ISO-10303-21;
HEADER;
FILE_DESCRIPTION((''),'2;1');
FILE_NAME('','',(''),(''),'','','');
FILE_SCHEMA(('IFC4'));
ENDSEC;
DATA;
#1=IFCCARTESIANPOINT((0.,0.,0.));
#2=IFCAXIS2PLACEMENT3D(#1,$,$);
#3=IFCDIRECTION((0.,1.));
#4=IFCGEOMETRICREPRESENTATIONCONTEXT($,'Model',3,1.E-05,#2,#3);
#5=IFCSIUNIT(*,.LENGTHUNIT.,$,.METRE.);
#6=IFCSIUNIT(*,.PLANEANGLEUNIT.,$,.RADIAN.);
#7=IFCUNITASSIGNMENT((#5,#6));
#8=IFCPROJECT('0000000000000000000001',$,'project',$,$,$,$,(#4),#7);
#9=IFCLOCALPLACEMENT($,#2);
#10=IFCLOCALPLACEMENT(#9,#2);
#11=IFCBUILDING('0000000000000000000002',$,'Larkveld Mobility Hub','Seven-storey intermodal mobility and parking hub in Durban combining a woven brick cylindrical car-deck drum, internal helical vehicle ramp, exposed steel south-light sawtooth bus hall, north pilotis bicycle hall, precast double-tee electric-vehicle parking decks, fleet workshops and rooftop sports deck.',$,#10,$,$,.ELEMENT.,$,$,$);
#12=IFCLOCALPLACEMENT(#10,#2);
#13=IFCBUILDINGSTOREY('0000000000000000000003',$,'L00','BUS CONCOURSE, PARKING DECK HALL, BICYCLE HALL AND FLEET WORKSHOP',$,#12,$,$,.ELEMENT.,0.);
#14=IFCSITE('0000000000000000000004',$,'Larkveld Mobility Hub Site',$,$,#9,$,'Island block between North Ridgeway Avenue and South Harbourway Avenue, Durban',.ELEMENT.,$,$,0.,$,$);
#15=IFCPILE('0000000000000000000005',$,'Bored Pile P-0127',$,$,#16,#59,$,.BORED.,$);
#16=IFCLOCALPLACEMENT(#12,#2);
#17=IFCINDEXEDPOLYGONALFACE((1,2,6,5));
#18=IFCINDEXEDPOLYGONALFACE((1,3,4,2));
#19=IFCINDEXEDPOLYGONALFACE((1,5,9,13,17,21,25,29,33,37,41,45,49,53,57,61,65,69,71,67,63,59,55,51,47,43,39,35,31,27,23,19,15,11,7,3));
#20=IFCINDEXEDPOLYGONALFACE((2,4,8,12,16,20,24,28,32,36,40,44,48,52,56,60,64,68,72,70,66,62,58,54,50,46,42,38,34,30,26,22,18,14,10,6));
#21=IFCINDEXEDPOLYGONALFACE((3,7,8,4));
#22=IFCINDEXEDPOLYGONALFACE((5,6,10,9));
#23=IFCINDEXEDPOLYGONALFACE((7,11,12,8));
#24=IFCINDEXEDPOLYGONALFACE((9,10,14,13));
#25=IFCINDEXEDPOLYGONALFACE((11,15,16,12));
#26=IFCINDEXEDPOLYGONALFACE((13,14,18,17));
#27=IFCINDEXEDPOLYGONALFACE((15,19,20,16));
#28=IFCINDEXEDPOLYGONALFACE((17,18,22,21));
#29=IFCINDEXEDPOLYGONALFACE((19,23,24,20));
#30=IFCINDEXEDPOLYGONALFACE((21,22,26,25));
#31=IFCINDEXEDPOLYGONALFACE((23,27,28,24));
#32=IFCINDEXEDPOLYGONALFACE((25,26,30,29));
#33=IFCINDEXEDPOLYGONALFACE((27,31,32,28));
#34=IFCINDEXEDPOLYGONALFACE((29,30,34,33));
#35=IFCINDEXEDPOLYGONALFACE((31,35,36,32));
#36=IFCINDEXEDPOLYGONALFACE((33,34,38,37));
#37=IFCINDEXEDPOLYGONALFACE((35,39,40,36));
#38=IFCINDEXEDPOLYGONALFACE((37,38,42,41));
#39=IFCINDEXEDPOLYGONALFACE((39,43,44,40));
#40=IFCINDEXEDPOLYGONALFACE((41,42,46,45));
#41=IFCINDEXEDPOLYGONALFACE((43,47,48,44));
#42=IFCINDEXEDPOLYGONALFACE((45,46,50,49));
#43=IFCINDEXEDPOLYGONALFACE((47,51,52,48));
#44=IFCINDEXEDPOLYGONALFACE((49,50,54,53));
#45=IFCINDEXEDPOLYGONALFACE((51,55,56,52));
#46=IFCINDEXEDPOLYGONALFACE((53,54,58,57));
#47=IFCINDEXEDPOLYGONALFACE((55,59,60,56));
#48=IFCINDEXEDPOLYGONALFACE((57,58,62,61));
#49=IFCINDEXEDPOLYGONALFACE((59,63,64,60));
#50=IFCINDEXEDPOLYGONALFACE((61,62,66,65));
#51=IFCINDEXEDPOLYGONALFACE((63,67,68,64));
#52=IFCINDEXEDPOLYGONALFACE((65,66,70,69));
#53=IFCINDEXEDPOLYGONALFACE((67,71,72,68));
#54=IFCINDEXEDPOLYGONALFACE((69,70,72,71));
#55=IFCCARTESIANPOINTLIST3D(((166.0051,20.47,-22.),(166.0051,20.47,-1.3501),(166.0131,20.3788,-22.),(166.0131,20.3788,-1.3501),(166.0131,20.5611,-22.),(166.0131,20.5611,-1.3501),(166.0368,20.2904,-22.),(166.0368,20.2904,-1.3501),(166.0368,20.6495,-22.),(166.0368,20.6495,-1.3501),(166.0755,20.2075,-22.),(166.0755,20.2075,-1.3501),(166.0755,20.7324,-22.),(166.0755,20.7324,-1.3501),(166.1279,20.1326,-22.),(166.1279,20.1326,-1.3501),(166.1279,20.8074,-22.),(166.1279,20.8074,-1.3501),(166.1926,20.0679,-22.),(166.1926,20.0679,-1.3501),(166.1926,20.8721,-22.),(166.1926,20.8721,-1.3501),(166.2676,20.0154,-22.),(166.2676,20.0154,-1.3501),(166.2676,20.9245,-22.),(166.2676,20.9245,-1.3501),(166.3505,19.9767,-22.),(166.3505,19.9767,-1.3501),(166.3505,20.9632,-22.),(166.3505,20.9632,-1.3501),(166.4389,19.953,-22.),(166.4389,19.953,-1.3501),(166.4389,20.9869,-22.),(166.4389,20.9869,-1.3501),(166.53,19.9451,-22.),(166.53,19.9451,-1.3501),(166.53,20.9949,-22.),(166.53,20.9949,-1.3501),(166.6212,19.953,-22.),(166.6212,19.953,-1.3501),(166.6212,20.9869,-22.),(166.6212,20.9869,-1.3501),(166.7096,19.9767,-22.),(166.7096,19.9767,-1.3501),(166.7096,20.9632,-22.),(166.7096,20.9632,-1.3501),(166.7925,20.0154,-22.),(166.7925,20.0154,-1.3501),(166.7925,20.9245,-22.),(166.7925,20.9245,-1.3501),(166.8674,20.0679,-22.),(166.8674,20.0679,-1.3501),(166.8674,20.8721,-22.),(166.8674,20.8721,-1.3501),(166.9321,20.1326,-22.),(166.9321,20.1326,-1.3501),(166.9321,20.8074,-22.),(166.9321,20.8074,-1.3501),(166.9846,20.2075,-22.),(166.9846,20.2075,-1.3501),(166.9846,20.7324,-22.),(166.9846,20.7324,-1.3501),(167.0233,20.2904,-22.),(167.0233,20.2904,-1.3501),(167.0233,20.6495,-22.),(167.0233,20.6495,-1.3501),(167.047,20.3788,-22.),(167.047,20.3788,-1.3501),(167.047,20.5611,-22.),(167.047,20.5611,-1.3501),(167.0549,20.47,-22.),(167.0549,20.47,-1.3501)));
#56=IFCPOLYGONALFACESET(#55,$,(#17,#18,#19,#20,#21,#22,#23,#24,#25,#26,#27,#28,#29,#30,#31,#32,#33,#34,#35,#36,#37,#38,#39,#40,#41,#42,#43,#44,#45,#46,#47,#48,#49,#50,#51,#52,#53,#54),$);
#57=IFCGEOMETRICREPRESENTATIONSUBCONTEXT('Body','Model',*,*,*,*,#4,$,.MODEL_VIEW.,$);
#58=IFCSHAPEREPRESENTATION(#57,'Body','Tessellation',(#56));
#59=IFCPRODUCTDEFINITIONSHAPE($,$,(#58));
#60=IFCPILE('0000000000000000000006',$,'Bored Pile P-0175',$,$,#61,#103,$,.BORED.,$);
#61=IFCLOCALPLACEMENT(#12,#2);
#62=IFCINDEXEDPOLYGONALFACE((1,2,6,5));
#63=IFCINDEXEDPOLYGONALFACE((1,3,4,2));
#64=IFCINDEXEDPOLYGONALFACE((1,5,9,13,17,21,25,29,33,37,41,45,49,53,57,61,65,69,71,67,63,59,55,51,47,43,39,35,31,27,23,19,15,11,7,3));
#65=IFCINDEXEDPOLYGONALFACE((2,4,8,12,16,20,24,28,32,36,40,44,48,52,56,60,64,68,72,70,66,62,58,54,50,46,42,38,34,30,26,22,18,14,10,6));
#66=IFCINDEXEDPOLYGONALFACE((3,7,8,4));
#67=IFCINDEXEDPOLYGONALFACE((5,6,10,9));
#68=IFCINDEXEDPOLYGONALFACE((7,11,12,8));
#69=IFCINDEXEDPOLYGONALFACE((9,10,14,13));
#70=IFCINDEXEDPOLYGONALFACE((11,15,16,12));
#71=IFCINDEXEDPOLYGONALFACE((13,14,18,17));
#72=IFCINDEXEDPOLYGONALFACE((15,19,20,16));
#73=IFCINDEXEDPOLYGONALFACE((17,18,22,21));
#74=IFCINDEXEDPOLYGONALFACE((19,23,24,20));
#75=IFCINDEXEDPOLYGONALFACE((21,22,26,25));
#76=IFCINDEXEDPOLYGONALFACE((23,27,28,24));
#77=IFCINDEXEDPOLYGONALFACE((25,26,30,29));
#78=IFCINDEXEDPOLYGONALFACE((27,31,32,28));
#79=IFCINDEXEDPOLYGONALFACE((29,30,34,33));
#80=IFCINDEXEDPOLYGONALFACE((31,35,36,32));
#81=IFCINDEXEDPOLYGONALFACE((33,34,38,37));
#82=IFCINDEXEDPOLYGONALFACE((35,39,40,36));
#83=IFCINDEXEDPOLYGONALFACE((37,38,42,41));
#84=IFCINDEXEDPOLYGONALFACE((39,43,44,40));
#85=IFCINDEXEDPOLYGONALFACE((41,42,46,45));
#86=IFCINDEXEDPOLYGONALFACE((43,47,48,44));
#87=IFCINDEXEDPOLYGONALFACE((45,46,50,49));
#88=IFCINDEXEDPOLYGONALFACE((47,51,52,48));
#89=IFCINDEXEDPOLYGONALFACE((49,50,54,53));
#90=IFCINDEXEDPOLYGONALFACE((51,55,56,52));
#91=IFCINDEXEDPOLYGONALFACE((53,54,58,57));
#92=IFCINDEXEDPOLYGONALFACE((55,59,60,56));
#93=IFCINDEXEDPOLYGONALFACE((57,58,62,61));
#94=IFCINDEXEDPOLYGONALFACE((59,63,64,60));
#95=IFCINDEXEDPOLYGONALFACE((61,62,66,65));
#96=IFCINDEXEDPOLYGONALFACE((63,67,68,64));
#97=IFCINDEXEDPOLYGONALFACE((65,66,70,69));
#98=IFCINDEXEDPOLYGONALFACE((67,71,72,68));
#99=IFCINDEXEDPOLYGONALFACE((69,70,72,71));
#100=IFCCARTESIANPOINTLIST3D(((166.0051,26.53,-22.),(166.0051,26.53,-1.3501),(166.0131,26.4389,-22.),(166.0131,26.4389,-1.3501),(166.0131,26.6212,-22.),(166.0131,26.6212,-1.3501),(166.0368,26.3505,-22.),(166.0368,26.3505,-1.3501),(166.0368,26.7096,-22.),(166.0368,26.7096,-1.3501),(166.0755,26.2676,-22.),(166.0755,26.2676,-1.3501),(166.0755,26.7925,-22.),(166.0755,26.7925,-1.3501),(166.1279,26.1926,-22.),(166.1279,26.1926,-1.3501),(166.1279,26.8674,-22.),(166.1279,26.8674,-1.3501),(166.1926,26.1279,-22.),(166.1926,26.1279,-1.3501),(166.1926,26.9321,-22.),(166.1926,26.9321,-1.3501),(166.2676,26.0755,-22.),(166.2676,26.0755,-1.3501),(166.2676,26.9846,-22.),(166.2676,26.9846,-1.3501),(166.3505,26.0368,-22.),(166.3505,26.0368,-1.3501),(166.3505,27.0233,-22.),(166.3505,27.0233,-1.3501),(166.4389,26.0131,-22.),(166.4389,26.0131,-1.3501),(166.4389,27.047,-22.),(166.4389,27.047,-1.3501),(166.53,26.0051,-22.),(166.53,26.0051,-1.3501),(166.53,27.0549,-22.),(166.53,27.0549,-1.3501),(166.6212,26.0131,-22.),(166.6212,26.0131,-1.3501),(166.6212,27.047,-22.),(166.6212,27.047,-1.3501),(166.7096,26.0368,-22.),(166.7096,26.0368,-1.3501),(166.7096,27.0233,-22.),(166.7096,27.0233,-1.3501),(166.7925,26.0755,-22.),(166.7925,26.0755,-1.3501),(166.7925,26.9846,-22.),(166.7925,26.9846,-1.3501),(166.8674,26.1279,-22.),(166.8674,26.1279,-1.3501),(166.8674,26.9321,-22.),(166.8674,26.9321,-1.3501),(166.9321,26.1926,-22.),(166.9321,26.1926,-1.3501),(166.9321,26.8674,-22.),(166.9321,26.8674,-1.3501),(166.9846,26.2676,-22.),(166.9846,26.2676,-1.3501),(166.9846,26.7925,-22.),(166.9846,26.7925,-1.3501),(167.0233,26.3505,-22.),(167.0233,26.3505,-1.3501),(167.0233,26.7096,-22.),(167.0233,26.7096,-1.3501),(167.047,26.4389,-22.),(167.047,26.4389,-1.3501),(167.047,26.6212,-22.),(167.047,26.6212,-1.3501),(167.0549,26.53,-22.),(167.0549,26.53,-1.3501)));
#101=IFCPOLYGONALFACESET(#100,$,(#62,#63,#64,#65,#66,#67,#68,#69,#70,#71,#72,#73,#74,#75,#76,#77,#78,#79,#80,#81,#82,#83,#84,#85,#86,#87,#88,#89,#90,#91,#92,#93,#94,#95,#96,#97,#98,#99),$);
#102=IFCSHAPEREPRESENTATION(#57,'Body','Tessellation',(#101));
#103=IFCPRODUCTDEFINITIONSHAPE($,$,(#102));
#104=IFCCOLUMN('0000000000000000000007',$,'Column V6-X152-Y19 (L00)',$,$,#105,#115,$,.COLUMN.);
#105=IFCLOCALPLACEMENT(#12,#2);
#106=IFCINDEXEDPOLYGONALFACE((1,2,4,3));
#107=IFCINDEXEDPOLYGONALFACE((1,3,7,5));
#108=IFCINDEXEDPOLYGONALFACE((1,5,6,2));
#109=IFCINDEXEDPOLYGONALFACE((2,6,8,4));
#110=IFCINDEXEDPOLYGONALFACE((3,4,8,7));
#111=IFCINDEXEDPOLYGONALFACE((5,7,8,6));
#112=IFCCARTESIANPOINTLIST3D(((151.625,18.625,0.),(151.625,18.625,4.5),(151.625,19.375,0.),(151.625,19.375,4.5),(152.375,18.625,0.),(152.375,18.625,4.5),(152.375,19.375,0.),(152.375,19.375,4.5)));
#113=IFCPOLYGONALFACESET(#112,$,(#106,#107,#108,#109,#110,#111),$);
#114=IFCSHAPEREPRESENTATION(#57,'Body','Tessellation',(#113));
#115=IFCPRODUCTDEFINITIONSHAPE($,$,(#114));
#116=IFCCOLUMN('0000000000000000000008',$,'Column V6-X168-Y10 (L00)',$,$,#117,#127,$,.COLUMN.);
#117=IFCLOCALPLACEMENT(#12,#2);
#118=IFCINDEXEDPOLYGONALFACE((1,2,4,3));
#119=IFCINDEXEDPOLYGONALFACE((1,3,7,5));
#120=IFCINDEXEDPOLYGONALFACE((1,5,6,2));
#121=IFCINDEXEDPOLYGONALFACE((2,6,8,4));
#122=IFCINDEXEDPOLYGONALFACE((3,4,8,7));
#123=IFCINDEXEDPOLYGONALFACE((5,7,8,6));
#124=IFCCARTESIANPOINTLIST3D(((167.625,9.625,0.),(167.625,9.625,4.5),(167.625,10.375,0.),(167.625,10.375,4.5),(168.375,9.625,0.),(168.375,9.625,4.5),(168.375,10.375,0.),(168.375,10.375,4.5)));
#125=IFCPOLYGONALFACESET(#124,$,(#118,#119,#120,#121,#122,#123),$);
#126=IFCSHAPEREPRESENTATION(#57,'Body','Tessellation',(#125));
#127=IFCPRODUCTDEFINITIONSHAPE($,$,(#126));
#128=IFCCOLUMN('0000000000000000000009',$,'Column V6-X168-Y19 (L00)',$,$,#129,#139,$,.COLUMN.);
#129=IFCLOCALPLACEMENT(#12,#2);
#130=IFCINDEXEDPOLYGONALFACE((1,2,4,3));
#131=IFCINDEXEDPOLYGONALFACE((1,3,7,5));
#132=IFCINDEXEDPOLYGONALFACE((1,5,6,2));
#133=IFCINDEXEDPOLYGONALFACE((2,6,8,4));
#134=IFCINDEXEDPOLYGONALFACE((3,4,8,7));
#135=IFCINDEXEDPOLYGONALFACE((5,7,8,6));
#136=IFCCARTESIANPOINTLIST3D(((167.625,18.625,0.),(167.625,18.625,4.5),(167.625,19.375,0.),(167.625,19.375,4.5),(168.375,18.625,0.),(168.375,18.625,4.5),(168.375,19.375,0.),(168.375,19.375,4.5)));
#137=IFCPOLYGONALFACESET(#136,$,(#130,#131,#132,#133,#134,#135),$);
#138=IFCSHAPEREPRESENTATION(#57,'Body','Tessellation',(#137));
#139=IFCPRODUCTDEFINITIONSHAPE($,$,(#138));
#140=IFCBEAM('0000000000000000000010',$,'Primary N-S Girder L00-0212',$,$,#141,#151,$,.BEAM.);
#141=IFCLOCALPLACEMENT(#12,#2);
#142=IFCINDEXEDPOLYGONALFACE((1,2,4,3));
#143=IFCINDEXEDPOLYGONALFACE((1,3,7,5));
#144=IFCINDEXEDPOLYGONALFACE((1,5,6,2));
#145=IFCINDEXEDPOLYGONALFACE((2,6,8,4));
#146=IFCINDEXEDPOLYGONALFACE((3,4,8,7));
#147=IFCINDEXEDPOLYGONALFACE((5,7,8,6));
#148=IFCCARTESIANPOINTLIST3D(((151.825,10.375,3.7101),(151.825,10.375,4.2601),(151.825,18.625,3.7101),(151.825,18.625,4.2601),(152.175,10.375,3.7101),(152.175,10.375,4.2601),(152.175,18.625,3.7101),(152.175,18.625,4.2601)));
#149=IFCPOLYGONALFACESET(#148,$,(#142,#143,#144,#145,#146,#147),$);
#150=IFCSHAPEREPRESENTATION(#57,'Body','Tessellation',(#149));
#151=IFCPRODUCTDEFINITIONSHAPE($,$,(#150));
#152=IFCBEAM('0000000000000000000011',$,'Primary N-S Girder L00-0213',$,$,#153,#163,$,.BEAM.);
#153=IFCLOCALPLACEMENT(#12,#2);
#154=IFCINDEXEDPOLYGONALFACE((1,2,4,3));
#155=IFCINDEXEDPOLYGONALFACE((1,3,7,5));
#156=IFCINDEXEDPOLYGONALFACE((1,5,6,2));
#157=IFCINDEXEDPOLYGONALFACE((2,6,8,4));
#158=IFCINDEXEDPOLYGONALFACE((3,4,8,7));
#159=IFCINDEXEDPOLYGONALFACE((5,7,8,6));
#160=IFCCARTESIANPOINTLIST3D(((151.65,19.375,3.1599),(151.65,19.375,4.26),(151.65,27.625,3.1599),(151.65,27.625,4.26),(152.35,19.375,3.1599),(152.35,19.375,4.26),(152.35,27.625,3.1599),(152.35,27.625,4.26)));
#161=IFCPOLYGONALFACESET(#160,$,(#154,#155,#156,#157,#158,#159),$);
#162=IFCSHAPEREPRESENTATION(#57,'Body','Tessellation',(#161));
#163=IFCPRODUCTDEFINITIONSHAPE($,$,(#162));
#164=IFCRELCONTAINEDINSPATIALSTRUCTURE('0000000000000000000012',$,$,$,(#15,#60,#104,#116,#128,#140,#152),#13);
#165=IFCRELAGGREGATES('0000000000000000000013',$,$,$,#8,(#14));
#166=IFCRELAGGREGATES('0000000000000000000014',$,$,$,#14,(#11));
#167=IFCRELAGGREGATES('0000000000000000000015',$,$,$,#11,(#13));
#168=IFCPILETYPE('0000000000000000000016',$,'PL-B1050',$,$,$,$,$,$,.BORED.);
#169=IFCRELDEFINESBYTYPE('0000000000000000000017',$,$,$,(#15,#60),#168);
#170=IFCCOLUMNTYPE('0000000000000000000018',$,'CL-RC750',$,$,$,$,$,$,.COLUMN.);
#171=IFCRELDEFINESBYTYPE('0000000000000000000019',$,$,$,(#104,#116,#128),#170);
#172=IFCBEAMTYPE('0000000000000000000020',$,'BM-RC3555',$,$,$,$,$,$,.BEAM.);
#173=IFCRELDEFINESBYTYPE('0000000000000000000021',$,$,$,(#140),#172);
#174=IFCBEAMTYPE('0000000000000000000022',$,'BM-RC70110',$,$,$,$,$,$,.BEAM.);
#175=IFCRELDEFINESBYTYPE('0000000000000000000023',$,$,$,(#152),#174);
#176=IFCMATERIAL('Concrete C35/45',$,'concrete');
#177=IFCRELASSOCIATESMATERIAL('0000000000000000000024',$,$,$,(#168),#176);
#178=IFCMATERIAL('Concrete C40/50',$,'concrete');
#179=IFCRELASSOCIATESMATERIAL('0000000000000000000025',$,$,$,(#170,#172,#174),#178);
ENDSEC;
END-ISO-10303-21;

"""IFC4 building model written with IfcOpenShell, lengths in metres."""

from ifc_helpers import new_model, si_unit, direction, frame, origin, origin_2d, place, context, subcontext, project, spatial, rectangle, circle, extrude, material, material_profile, profile_set, type_object, element, save


model = new_model("IFC4")

# Units and contexts
model_context = context("Model", 3, precision=1e-05, world=origin(), true_north=direction((0.0, 1.0)))
body_context = subcontext(model_context, "Body", "Model", "MODEL_VIEW")
ifc_project = project(units=[si_unit("LENGTHUNIT", "METRE"), si_unit("PLANEANGLEUNIT", "RADIAN")], contexts=[model_context])

# Site, building, storey
site_placement = place(None, origin())
site = spatial("IfcSite", under=ifc_project, at=site_placement, Name="Larkveld Mobility Hub Site", LongName="Island block between North Ridgeway Avenue and South Harbourway Avenue, Durban", CompositionType="ELEMENT", RefElevation=0.0)
building_placement = place(site_placement, origin())
building = spatial("IfcBuilding", under=site, at=building_placement, Name="Larkveld Mobility Hub", Description="Seven-storey intermodal mobility and parking hub in Durban combining a woven brick cylindrical car-deck drum, internal helical vehicle ramp, exposed steel south-light sawtooth bus hall, north pilotis bicycle hall, precast double-tee electric-vehicle parking decks, fleet workshops and rooftop sports deck.", CompositionType="ELEMENT")
storey_placement = place(building_placement, origin())
storey = spatial("IfcBuildingStorey", under=building, at=storey_placement, Name="L00", Description="BUS CONCOURSE, PARKING DECK HALL, BICYCLE HALL AND FLEET WORKSHOP", CompositionType="ELEMENT", Elevation=0.0)

# Shared definitions
ifc_material_1 = material(Name="Concrete C35/45", Category="concrete")

# Piles
ifc_material_profile_1 = material_profile(ifc_material_1, circle(Radius=0.5249, at=origin_2d()), Name="PILE D1050")
ifc_profile_set_1 = profile_set([ifc_material_profile_1], Name="Concrete C35/45")
pile_type = type_object("IfcPileType", Name="PL-B1050", PredefinedType="BORED", material=ifc_profile_set_1)
for number, where, z_axis, x_axis, name in (
    (1, (166.53, 20.47, -1.3501), (0.0, 0.0, -1.0), (1.0, 0.0, 0.0), "Bored Pile P-0127"),
    (2, (166.53, 26.53, -1.3501), (0.0, 0.0, -1.0), (1.0, 0.0, 0.0), "Bored Pile P-0175"),
):
    element("IfcPile", number, at=place(storey_placement, frame(where, z_axis=z_axis, x_axis=x_axis)), inside=storey, type_object=pile_type, Name=name, PredefinedType="BORED", context=body_context, shape_type="SweptSolid", body=[
        extrude(circle(Radius=0.5249, at=origin_2d()), origin(), (0.0, 0.0, 1.0), 20.6499),
    ])

# Columns
ifc_material_2 = material(Name="Concrete C40/50", Category="concrete")
ifc_material_profile_2 = material_profile(ifc_material_2, rectangle(XDim=0.75, YDim=0.75, at=origin_2d()), Name="RC COL 750x750")
ifc_profile_set_2 = profile_set([ifc_material_profile_2], Name="Concrete C40/50")
column_type = type_object("IfcColumnType", Name="CL-RC750", PredefinedType="COLUMN", material=ifc_profile_set_2)
for number, where, z_axis, x_axis, name in (
    (3, (152.0, 19.0, 0.0), (0.0, 0.0, 1.0), (1.0, 0.0, 0.0), "Column V6-X152-Y19 (L00)"),
    (4, (168.0, 10.0, 0.0), (0.0, 0.0, 1.0), (1.0, 0.0, 0.0), "Column V6-X168-Y10 (L00)"),
    (5, (168.0, 19.0, 0.0), (0.0, 0.0, 1.0), (1.0, 0.0, 0.0), "Column V6-X168-Y19 (L00)"),
):
    element("IfcColumn", number, at=place(storey_placement, frame(where, z_axis=z_axis, x_axis=x_axis)), inside=storey, type_object=column_type, Name=name, PredefinedType="COLUMN", context=body_context, shape_type="SweptSolid", body=[
        extrude(rectangle(XDim=0.75, YDim=0.75, at=origin_2d()), origin(), (0.0, 0.0, 1.0), 4.5),
    ])

# Beams
ifc_material_profile_3 = material_profile(ifc_material_2, rectangle(XDim=0.3501, YDim=0.55, at=origin_2d()), Name="RC BM 350x550")
ifc_profile_set_3 = profile_set([ifc_material_profile_3], Name="Concrete C40/50")
beam_type_1 = type_object("IfcBeamType", Name="BM-RC3555", PredefinedType="BEAM", material=ifc_profile_set_3)
beam_1_placement = place(storey_placement, frame((152.0, 10.375, 3.9851), z_axis=(0.0, 1.0, 0.0), x_axis=(-1.0, 0.0, 0.0)))
element("IfcBeam", 6, at=beam_1_placement, inside=storey, type_object=beam_type_1, Name="Primary N-S Girder L00-0212", PredefinedType="BEAM", context=body_context, shape_type="SweptSolid", body=[
    extrude(rectangle(XDim=0.3501, YDim=0.55, at=origin_2d()), origin(), (0.0, 0.0, 1.0), 8.25),
])
ifc_material_profile_4 = material_profile(ifc_material_2, rectangle(XDim=0.7, YDim=1.1001, at=origin_2d()), Name="RC BM 700x1100")
ifc_profile_set_4 = profile_set([ifc_material_profile_4], Name="Concrete C40/50")
beam_type_2 = type_object("IfcBeamType", Name="BM-RC70110", PredefinedType="BEAM", material=ifc_profile_set_4)
beam_2_placement = place(storey_placement, frame((152.0, 19.375, 3.71), z_axis=(0.0, 1.0, 0.0), x_axis=(-1.0, 0.0, 0.0)))
element("IfcBeam", 7, at=beam_2_placement, inside=storey, type_object=beam_type_2, Name="Primary N-S Girder L00-0213", PredefinedType="BEAM", context=body_context, shape_type="SweptSolid", body=[
    extrude(rectangle(XDim=0.7, YDim=1.1001, at=origin_2d()), origin(), (0.0, 0.0, 1.0), 8.25),
])

save(model, "model.ifc")
